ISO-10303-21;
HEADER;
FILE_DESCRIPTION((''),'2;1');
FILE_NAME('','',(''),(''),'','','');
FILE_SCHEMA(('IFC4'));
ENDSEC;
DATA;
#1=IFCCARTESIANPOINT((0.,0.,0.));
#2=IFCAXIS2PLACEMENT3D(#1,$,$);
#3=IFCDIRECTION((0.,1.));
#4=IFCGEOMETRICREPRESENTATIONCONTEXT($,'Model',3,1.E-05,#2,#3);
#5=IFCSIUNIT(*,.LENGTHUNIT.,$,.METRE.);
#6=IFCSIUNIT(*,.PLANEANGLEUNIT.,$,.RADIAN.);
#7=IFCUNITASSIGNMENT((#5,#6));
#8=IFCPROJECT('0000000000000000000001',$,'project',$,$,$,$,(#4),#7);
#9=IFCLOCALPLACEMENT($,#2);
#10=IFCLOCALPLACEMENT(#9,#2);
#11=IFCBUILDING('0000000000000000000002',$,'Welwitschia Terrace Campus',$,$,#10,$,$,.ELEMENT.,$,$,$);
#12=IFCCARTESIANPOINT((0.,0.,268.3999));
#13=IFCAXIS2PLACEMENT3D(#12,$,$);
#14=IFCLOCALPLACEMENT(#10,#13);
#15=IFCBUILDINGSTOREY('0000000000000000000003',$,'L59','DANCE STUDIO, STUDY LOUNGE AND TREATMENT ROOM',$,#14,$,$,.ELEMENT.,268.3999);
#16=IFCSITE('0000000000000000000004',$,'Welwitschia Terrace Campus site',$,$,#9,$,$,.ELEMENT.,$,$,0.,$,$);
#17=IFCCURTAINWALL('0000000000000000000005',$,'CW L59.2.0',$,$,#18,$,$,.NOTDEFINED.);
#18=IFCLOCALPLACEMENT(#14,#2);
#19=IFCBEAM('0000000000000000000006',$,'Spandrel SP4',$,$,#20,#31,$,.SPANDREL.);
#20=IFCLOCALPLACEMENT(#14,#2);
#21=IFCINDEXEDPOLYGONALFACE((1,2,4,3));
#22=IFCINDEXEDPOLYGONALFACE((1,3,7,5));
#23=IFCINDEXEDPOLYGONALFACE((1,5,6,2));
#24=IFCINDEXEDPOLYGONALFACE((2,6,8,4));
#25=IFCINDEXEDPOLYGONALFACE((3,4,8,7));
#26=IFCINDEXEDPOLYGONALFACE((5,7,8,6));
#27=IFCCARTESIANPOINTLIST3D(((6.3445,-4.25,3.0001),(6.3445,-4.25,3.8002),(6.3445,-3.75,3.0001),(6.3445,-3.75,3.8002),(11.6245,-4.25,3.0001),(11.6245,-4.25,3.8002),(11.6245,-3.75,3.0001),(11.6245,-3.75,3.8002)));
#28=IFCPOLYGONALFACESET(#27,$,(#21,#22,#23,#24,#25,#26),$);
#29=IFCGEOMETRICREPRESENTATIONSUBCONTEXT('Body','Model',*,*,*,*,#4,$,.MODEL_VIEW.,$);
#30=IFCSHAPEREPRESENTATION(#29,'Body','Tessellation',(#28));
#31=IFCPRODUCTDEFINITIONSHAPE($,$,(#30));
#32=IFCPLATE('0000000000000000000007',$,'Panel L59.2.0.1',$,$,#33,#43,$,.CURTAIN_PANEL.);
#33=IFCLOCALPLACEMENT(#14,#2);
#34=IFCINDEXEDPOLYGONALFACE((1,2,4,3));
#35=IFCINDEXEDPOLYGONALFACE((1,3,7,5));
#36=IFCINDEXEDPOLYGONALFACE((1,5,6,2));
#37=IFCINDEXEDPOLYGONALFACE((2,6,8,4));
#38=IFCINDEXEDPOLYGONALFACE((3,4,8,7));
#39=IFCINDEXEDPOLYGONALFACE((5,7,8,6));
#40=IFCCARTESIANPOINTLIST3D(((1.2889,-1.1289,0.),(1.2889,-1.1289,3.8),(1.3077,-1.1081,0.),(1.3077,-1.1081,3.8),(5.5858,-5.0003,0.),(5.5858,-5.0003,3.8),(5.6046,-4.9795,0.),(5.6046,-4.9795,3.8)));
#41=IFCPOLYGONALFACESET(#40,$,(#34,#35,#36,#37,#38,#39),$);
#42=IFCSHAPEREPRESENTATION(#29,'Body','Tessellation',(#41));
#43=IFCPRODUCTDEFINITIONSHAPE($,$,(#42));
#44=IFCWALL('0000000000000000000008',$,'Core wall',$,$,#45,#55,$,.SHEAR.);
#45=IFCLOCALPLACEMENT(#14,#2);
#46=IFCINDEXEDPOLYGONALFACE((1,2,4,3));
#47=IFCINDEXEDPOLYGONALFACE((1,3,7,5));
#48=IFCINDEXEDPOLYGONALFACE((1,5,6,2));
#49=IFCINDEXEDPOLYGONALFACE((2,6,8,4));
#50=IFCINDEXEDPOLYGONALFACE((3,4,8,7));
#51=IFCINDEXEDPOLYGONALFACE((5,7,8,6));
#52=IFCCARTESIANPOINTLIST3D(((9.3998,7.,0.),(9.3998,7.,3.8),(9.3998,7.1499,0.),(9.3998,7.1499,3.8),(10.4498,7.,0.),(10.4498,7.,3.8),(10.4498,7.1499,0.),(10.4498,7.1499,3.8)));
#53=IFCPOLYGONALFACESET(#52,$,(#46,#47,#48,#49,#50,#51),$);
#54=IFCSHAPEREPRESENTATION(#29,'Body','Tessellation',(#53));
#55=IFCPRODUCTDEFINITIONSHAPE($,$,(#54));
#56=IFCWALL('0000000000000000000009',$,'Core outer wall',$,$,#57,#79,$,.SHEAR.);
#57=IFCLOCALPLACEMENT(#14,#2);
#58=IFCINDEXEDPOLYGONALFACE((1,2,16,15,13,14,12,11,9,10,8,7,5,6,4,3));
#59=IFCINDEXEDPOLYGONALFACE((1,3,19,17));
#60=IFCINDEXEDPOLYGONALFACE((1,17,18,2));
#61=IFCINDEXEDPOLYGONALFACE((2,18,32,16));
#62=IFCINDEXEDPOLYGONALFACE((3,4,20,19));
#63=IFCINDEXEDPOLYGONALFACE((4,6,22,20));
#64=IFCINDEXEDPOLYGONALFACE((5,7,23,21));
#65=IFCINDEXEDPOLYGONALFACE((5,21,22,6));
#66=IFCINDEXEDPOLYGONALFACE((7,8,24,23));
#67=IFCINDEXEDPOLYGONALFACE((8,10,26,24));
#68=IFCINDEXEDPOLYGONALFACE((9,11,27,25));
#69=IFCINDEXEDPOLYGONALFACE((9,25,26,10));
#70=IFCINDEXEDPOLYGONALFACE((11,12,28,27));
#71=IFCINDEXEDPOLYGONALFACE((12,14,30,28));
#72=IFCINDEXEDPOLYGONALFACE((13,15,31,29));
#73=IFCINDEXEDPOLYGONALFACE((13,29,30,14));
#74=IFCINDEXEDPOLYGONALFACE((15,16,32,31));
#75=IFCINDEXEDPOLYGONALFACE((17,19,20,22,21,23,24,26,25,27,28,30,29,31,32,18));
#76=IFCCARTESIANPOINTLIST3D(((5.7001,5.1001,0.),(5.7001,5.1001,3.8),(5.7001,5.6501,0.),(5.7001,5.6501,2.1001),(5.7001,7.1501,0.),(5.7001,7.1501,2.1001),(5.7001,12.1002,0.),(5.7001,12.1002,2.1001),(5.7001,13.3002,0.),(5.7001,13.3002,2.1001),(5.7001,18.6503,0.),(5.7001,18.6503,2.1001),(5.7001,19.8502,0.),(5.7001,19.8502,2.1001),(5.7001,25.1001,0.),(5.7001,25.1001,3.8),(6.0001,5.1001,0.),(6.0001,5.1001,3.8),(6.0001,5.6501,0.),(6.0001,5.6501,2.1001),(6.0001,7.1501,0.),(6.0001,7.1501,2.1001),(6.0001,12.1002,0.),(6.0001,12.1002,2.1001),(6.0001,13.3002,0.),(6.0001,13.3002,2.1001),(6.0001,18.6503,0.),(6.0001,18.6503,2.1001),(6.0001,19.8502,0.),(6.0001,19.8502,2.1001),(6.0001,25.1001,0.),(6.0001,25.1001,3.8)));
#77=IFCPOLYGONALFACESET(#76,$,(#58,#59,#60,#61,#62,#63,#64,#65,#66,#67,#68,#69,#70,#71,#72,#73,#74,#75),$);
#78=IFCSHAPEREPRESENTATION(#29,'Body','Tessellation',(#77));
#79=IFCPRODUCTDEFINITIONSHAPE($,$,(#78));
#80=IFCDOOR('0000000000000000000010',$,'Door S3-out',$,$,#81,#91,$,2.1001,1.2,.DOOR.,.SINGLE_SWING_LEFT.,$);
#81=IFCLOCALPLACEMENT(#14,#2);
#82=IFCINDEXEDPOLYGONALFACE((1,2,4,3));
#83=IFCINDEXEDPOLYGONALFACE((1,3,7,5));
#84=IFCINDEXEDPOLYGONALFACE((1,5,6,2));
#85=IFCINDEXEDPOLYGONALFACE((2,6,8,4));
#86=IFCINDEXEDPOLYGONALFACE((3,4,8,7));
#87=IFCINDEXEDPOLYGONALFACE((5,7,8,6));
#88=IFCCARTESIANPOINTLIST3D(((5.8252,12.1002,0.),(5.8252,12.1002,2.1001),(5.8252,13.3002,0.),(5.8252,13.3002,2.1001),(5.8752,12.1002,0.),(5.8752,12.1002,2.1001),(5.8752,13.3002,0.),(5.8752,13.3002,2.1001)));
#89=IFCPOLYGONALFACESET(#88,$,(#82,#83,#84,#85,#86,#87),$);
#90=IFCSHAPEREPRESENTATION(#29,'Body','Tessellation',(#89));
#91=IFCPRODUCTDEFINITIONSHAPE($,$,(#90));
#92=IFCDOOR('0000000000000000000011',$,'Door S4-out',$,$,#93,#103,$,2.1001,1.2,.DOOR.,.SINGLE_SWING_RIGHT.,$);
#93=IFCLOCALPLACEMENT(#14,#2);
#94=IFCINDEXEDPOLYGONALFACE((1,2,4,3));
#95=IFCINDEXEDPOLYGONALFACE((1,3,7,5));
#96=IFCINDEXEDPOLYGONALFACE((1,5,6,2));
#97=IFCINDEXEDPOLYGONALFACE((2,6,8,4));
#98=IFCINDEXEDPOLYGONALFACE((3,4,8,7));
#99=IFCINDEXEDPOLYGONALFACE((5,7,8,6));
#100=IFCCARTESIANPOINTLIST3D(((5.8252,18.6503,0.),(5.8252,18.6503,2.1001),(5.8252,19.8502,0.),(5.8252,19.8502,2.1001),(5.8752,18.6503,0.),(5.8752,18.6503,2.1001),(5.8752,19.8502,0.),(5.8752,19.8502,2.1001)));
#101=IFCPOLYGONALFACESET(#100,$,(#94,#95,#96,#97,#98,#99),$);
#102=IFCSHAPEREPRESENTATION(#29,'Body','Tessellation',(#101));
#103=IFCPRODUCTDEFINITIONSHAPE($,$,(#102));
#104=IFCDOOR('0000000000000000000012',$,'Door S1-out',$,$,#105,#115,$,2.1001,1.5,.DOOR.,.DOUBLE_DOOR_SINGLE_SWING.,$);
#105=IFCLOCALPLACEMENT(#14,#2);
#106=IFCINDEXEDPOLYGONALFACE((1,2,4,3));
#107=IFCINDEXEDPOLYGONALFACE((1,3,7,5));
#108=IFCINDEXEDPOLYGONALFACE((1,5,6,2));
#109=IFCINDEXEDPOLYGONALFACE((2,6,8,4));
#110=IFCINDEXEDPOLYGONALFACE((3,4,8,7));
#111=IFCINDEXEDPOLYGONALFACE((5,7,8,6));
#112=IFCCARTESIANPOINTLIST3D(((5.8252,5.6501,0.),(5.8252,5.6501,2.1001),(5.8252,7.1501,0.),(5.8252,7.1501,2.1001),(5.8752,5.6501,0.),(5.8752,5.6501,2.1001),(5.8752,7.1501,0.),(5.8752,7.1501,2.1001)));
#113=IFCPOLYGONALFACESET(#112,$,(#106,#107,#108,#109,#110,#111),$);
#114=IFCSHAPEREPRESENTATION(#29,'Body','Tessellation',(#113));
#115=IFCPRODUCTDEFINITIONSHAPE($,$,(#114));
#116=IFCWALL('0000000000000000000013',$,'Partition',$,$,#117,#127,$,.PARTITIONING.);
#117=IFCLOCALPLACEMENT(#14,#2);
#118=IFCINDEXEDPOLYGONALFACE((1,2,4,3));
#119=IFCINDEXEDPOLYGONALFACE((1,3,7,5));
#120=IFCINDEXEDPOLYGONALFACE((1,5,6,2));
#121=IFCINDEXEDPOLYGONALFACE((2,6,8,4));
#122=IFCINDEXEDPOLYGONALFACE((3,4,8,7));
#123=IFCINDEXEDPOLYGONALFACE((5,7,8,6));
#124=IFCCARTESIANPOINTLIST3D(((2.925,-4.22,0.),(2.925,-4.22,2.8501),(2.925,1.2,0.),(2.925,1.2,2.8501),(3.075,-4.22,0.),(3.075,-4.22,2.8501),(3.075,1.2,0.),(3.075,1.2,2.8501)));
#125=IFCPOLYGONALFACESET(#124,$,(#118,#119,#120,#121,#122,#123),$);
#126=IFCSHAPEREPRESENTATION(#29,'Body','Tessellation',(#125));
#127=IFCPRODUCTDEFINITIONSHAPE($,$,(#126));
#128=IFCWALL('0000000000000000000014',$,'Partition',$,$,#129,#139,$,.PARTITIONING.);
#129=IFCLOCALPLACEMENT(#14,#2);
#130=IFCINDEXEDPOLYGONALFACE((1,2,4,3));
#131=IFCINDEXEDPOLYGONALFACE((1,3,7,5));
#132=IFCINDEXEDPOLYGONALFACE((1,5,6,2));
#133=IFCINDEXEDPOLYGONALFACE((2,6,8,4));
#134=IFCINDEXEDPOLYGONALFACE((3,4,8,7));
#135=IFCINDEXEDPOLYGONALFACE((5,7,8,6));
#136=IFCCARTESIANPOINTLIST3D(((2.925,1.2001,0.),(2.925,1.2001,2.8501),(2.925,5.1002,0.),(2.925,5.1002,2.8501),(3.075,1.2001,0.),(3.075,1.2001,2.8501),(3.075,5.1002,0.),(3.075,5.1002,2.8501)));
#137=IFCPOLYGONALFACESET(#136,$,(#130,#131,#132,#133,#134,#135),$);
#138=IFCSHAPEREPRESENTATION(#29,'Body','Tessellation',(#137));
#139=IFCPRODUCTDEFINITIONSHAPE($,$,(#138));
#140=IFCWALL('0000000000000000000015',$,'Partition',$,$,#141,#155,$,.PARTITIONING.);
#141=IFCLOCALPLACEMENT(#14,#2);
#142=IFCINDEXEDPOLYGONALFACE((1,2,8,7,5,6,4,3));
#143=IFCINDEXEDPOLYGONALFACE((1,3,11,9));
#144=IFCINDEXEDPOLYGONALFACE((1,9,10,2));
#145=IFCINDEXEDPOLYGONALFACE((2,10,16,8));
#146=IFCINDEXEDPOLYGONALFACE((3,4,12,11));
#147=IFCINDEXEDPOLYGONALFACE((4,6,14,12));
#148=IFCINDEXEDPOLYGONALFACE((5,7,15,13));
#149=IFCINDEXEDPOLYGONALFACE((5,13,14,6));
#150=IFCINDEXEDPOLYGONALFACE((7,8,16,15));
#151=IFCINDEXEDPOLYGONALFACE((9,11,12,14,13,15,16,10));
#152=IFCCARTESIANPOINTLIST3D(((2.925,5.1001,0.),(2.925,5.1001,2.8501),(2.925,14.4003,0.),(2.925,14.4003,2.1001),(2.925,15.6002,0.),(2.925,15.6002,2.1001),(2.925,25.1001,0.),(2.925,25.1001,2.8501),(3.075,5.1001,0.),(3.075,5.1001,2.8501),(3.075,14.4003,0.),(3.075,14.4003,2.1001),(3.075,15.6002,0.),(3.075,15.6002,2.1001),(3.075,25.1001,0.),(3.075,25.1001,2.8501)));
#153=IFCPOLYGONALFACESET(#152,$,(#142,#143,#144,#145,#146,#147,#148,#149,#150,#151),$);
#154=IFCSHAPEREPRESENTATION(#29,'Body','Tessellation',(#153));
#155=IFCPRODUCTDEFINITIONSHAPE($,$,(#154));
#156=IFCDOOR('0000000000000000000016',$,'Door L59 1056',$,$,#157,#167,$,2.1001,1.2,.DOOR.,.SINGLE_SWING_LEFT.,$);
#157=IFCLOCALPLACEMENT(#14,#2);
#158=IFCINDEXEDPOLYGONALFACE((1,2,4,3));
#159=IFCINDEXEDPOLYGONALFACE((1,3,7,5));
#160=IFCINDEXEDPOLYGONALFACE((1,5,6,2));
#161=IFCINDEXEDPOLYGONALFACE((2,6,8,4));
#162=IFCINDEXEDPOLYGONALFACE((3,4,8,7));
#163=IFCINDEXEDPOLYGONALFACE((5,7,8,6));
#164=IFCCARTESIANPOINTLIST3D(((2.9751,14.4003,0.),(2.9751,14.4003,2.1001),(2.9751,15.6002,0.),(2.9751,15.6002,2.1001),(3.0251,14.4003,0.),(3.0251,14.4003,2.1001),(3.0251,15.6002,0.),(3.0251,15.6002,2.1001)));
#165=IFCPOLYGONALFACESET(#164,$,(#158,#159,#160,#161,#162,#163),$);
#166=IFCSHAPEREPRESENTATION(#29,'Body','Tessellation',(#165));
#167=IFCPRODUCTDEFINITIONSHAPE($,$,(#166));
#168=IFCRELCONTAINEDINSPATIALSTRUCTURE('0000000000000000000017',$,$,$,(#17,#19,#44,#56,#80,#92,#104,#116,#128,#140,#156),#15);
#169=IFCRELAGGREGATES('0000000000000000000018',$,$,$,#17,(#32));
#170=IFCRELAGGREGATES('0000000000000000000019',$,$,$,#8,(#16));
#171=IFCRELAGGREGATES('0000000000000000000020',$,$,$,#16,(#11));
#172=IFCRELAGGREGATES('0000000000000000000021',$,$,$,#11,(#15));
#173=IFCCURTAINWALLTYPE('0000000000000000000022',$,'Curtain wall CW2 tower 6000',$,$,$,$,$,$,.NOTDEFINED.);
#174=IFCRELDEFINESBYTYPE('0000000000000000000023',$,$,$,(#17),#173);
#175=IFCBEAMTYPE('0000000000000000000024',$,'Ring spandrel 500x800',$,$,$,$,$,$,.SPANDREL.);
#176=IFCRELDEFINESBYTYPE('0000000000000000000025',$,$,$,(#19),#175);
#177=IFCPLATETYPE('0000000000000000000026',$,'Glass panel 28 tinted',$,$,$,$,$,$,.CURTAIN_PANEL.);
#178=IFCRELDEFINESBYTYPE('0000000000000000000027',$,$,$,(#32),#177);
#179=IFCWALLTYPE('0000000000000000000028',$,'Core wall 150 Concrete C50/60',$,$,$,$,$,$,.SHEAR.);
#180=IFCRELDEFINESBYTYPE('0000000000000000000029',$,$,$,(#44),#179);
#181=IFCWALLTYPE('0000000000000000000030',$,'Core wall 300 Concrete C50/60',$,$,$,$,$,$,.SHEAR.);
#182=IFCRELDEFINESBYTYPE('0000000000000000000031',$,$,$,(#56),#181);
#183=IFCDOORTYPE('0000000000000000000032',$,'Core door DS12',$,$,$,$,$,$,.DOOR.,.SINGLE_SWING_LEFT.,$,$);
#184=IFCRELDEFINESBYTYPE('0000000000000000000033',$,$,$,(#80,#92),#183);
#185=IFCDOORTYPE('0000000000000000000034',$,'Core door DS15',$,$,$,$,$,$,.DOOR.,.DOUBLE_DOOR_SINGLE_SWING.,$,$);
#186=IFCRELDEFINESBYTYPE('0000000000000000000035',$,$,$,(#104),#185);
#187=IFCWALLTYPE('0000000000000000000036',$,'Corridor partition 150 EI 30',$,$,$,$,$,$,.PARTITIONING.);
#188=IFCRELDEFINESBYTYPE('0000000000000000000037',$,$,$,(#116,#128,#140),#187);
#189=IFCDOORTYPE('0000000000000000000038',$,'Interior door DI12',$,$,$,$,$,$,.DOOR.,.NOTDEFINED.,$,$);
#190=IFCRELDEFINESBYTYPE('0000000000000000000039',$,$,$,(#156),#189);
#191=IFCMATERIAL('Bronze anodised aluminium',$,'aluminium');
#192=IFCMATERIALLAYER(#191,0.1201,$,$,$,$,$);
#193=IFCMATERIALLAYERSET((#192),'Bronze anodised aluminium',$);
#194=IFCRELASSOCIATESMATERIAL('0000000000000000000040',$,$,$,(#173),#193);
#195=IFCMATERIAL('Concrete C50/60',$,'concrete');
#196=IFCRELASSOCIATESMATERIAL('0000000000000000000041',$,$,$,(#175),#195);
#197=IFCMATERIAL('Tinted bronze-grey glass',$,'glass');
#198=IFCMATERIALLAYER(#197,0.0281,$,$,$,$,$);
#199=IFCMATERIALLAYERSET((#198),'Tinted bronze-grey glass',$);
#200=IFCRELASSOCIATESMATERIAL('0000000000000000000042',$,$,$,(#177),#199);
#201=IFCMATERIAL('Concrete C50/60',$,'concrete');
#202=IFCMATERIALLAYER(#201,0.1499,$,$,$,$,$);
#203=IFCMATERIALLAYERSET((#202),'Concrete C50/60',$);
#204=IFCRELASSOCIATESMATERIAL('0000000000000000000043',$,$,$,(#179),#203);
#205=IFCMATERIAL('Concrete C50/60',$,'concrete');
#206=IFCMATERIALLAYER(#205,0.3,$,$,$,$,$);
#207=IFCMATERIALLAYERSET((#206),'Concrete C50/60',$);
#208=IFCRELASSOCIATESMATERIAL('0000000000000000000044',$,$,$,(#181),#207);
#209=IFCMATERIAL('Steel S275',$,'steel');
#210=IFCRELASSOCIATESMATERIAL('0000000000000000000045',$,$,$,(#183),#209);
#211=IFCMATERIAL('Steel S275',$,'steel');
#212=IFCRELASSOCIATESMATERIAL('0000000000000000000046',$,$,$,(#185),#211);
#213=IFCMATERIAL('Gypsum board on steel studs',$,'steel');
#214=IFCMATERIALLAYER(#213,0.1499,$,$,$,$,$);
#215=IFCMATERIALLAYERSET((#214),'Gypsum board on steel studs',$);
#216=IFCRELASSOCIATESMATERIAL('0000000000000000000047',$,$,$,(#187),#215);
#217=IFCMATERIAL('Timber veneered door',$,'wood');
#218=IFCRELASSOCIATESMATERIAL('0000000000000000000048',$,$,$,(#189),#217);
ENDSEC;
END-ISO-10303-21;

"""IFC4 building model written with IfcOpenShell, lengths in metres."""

from ifc_helpers import new_model, si_unit, direction, frame, frame_2d, origin, origin_2d, place, context, subcontext, project, spatial, rectangle, extrude, material, layer, layer_set, material_profile, profile_set, type_object, element, fill, aggregate, save


model = new_model("IFC4")

# Units and contexts
model_context = context("Model", 3, precision=1e-05, world=origin(), true_north=direction((0.0, 1.0)))
body_context = subcontext(model_context, "Body", "Model", "MODEL_VIEW")
ifc_project = project(units=[si_unit("LENGTHUNIT", "METRE"), si_unit("PLANEANGLEUNIT", "RADIAN")], contexts=[model_context])

# Site, building, storey
site_placement = place(None, origin())
site = spatial("IfcSite", under=ifc_project, at=site_placement, Name="Welwitschia Terrace Campus site", CompositionType="ELEMENT", RefElevation=0.0)
building_placement = place(site_placement, origin())
building = spatial("IfcBuilding", under=site, at=building_placement, Name="Welwitschia Terrace Campus", CompositionType="ELEMENT")
storey_placement = place(building_placement, frame((0.0, 0.0, 268.3999)))
storey = spatial("IfcBuildingStorey", under=building, at=storey_placement, Name="L59", Description="DANCE STUDIO, STUDY LOUNGE AND TREATMENT ROOM", CompositionType="ELEMENT", Elevation=268.3999)

# Curtain wall
ifc_material_1 = material(Name="Bronze anodised aluminium", Category="aluminium")
ifc_layer_1 = layer(ifc_material_1, 0.1201)
ifc_layer_set_1 = layer_set([ifc_layer_1], Name="Bronze anodised aluminium")
curtain_wall_type = type_object("IfcCurtainWallType", Name="Curtain wall CW2 tower 6000", PredefinedType="NOTDEFINED", material=ifc_layer_set_1)
curtain_wall_placement = place(storey_placement, origin())
curtain_wall = element("IfcCurtainWall", 1, at=curtain_wall_placement, inside=storey, type_object=curtain_wall_type, Name="CW L59.2.0", PredefinedType="NOTDEFINED")

# Beam
ifc_material_2 = material(Name="Concrete C50/60", Category="concrete")
ifc_material_profile_1 = material_profile(ifc_material_2, rectangle(XDim=0.5, YDim=0.8, at=origin_2d()))
ifc_profile_set_1 = profile_set([ifc_material_profile_1], Name="Concrete C50/60")
beam_type_1 = type_object("IfcBeamType", Name="Ring spandrel 500x800", PredefinedType="SPANDREL", material=ifc_profile_set_1)
beam_1_placement = place(storey_placement, frame((6.3445, -4.0, 3.4001), z_axis=(1.0, 0.0, 0.0), x_axis=(0.0, 1.0, 0.0)))
element("IfcBeam", 2, at=beam_1_placement, inside=storey, type_object=beam_type_1, Name="Spandrel SP4", PredefinedType="SPANDREL", context=body_context, shape_type="SweptSolid", body=[
    extrude(rectangle(XDim=0.5, YDim=0.8, at=origin_2d()), origin(), (0.0, 0.0, 1.0), 5.28),
])

# Plate
ifc_material_3 = material(Name="Tinted bronze-grey glass", Category="glass")
ifc_layer_2 = layer(ifc_material_3, 0.0281)
ifc_layer_set_2 = layer_set([ifc_layer_2], Name="Tinted bronze-grey glass")
plate_type = type_object("IfcPlateType", Name="Glass panel 28 tinted", PredefinedType="CURTAIN_PANEL", material=ifc_layer_set_2)
plate_placement = place(storey_placement, frame((3.4468, -3.0542, 0.0), z_axis=(0.0, 0.0, 1.0), x_axis=(0.742939, -0.669359, 0.0)))
plate = element("IfcPlate", 3, at=plate_placement, type_object=plate_type, Name="Panel L59.2.0.1", PredefinedType="CURTAIN_PANEL", context=body_context, shape_type="SweptSolid", body=[
    extrude(rectangle(XDim=5.7837, YDim=0.0281, at=origin_2d()), origin(), (0.0, 0.0, 1.0), 3.8),
])
aggregate(curtain_wall, [plate])

# Wall
ifc_material_4 = material(Name="Concrete C50/60", Category="concrete")
ifc_layer_3 = layer(ifc_material_4, 0.1499)
ifc_layer_set_3 = layer_set([ifc_layer_3], Name="Concrete C50/60")
wall_type_1 = type_object("IfcWallType", Name="Core wall 150 Concrete C50/60", PredefinedType="SHEAR", material=ifc_layer_set_3)
wall_1_placement = place(storey_placement, frame((9.3999, 7.075, 0.0), z_axis=(0.0, 0.0, 1.0), x_axis=(1.0, 0.0, 0.0)))
element("IfcWall", 4, at=wall_1_placement, inside=storey, type_object=wall_type_1, Name="Core wall", PredefinedType="SHEAR", context=body_context, shape_type="SweptSolid", body=[
    extrude(rectangle(XDim=1.05, YDim=0.1499, at=frame_2d((0.5249, 0.0))), origin(), (0.0, 0.0, 1.0), 3.8),
])

# Wall, openings, doors
ifc_material_5 = material(Name="Concrete C50/60", Category="concrete")
ifc_layer_4 = layer(ifc_material_5, 0.3)
ifc_layer_set_4 = layer_set([ifc_layer_4], Name="Concrete C50/60")
wall_type_2 = type_object("IfcWallType", Name="Core wall 300 Concrete C50/60", PredefinedType="SHEAR", material=ifc_layer_set_4)
wall_2_placement = place(storey_placement, frame((5.8501, 5.1001, 0.0), z_axis=(0.0, 0.0, 1.0), x_axis=(0.0, 1.0, 0.0)))
wall_2 = element("IfcWall", 5, at=wall_2_placement, inside=storey, type_object=wall_type_2, Name="Core outer wall", PredefinedType="SHEAR", context=body_context, shape_type="SweptSolid", body=[
    extrude(rectangle(XDim=20.0, YDim=0.3, at=frame_2d((10.0, 0.0))), origin(), (0.0, 0.0, 1.0), 3.8),
])
opening_1_placement = place(wall_2_placement, frame((0.55, 0.0, 0.0)))
opening_1 = element("IfcOpeningElement", 6, at=opening_1_placement, cuts=wall_2, PredefinedType="OPENING", context=body_context, shape_type="SweptSolid", body=[
    extrude(rectangle(XDim=1.5, YDim=2.1001, at=frame_2d((0.75, 1.05))), frame((0.0, 0.1599, 0.0), z_axis=(0.0, -1.0, 0.0), x_axis=(1.0, 0.0, 0.0)), (0.0, 0.0, 1.0), 0.3201),
])
opening_2_placement = place(wall_2_placement, frame((7.0, 0.0, 0.0)))
opening_2 = element("IfcOpeningElement", 7, at=opening_2_placement, cuts=wall_2, PredefinedType="OPENING", context=body_context, shape_type="SweptSolid", body=[
    extrude(rectangle(XDim=1.2, YDim=2.1001, at=frame_2d((0.6001, 1.05))), frame((0.0, 0.1599, 0.0), z_axis=(0.0, -1.0, 0.0), x_axis=(1.0, 0.0, 0.0)), (0.0, 0.0, 1.0), 0.3201),
])
opening_3_placement = place(wall_2_placement, frame((13.55, 0.0, 0.0)))
opening_3 = element("IfcOpeningElement", 8, at=opening_3_placement, cuts=wall_2, PredefinedType="OPENING", context=body_context, shape_type="SweptSolid", body=[
    extrude(rectangle(XDim=1.2, YDim=2.1001, at=frame_2d((0.6001, 1.05))), frame((0.0, 0.1599, 0.0), z_axis=(0.0, -1.0, 0.0), x_axis=(1.0, 0.0, 0.0)), (0.0, 0.0, 1.0), 0.3201),
])
ifc_material_6 = material(Name="Steel S275", Category="steel")
door_type_1 = type_object("IfcDoorType", Name="Core door DS12", OperationType="SINGLE_SWING_LEFT", PredefinedType="DOOR", material=ifc_material_6)
door_1_placement = place(opening_2_placement, origin())
door_1 = element("IfcDoor", 9, at=door_1_placement, inside=storey, type_object=door_type_1, Name="Door S3-out", OperationType="SINGLE_SWING_LEFT", OverallHeight=2.1001, OverallWidth=1.2, PredefinedType="DOOR", context=body_context, shape_type="SweptSolid", body=[
    extrude(rectangle(XDim=1.2, YDim=2.1001, at=frame_2d((0.6001, 1.05))), frame((0.0, 0.0249, 0.0), z_axis=(0.0, -1.0, 0.0), x_axis=(1.0, 0.0, 0.0)), (0.0, 0.0, 1.0), 0.05),
])
fill(opening_2, door_1)
door_2_placement = place(opening_3_placement, origin())
door_2 = element("IfcDoor", 10, at=door_2_placement, inside=storey, type_object=door_type_1, Name="Door S4-out", OperationType="SINGLE_SWING_RIGHT", OverallHeight=2.1001, OverallWidth=1.2, PredefinedType="DOOR", context=body_context, shape_type="SweptSolid", body=[
    extrude(rectangle(XDim=1.2, YDim=2.1001, at=frame_2d((0.6001, 1.05))), frame((0.0, 0.0249, 0.0), z_axis=(0.0, -1.0, 0.0), x_axis=(1.0, 0.0, 0.0)), (0.0, 0.0, 1.0), 0.05),
])
fill(opening_3, door_2)
ifc_material_7 = material(Name="Steel S275", Category="steel")
door_type_2 = type_object("IfcDoorType", Name="Core door DS15", OperationType="DOUBLE_DOOR_SINGLE_SWING", PredefinedType="DOOR", material=ifc_material_7)
door_3_placement = place(opening_1_placement, origin())
door_3 = element("IfcDoor", 11, at=door_3_placement, inside=storey, type_object=door_type_2, Name="Door S1-out", OperationType="DOUBLE_DOOR_SINGLE_SWING", OverallHeight=2.1001, OverallWidth=1.5, PredefinedType="DOOR", context=body_context, shape_type="SweptSolid", body=[
    extrude(rectangle(XDim=1.5, YDim=2.1001, at=frame_2d((0.75, 1.05))), frame((0.0, 0.0249, 0.0), z_axis=(0.0, -1.0, 0.0), x_axis=(1.0, 0.0, 0.0)), (0.0, 0.0, 1.0), 0.05),
])
fill(opening_1, door_3)

# Walls
ifc_material_8 = material(Name="Gypsum board on steel studs", Category="steel")
ifc_layer_5 = layer(ifc_material_8, 0.1499)
ifc_layer_set_5 = layer_set([ifc_layer_5], Name="Gypsum board on steel studs")
wall_type_3 = type_object("IfcWallType", Name="Corridor partition 150 EI 30", PredefinedType="PARTITIONING", material=ifc_layer_set_5)
wall_3_placement = place(storey_placement, frame((3.0, -4.22, 0.0), z_axis=(0.0, 0.0, 1.0), x_axis=(0.0, 1.0, 0.0)))
element("IfcWall", 12, at=wall_3_placement, inside=storey, type_object=wall_type_3, Name="Partition", PredefinedType="PARTITIONING", context=body_context, shape_type="SweptSolid", body=[
    extrude(rectangle(XDim=5.4199, YDim=0.1499, at=frame_2d((2.71, 0.0))), origin(), (0.0, 0.0, 1.0), 2.8501),
])
wall_4_placement = place(storey_placement, frame((3.0, 1.2, 0.0), z_axis=(0.0, 0.0, 1.0), x_axis=(0.0, 1.0, 0.0)))
element("IfcWall", 13, at=wall_4_placement, inside=storey, type_object=wall_type_3, Name="Partition", PredefinedType="PARTITIONING", context=body_context, shape_type="SweptSolid", body=[
    extrude(rectangle(XDim=3.9001, YDim=0.1499, at=frame_2d((1.9502, 0.0))), origin(), (0.0, 0.0, 1.0), 2.8501),
])

# Wall, opening, door
wall_5_placement = place(storey_placement, frame((3.0, 5.1001, 0.0), z_axis=(0.0, 0.0, 1.0), x_axis=(0.0, 1.0, 0.0)))
wall_5 = element("IfcWall", 14, at=wall_5_placement, inside=storey, type_object=wall_type_3, Name="Partition", PredefinedType="PARTITIONING", context=body_context, shape_type="SweptSolid", body=[
    extrude(rectangle(XDim=20.0, YDim=0.1499, at=frame_2d((10.0, 0.0))), origin(), (0.0, 0.0, 1.0), 2.8501),
])
opening_4_placement = place(wall_5_placement, frame((9.3, 0.0, 0.0)))
opening_4 = element("IfcOpeningElement", 15, at=opening_4_placement, cuts=wall_5, PredefinedType="OPENING", context=body_context, shape_type="SweptSolid", body=[
    extrude(rectangle(XDim=1.2, YDim=2.1001, at=frame_2d((0.6001, 1.05))), frame((0.0, 0.085, 0.0), z_axis=(0.0, -1.0, 0.0), x_axis=(1.0, 0.0, 0.0)), (0.0, 0.0, 1.0), 0.1699),
])
ifc_material_9 = material(Name="Timber veneered door", Category="wood")
door_type_3 = type_object("IfcDoorType", Name="Interior door DI12", OperationType="NOTDEFINED", PredefinedType="DOOR", material=ifc_material_9)
door_4_placement = place(opening_4_placement, origin())
door_4 = element("IfcDoor", 16, at=door_4_placement, inside=storey, type_object=door_type_3, Name="Door L59 1056", OperationType="SINGLE_SWING_LEFT", OverallHeight=2.1001, OverallWidth=1.2, PredefinedType="DOOR", context=body_context, shape_type="SweptSolid", body=[
    extrude(rectangle(XDim=1.2, YDim=2.1001, at=frame_2d((0.6001, 1.05))), frame((0.0, 0.0249, 0.0), z_axis=(0.0, -1.0, 0.0), x_axis=(1.0, 0.0, 0.0)), (0.0, 0.0, 1.0), 0.05),
])
fill(opening_4, door_4)

save(model, "model.ifc")
